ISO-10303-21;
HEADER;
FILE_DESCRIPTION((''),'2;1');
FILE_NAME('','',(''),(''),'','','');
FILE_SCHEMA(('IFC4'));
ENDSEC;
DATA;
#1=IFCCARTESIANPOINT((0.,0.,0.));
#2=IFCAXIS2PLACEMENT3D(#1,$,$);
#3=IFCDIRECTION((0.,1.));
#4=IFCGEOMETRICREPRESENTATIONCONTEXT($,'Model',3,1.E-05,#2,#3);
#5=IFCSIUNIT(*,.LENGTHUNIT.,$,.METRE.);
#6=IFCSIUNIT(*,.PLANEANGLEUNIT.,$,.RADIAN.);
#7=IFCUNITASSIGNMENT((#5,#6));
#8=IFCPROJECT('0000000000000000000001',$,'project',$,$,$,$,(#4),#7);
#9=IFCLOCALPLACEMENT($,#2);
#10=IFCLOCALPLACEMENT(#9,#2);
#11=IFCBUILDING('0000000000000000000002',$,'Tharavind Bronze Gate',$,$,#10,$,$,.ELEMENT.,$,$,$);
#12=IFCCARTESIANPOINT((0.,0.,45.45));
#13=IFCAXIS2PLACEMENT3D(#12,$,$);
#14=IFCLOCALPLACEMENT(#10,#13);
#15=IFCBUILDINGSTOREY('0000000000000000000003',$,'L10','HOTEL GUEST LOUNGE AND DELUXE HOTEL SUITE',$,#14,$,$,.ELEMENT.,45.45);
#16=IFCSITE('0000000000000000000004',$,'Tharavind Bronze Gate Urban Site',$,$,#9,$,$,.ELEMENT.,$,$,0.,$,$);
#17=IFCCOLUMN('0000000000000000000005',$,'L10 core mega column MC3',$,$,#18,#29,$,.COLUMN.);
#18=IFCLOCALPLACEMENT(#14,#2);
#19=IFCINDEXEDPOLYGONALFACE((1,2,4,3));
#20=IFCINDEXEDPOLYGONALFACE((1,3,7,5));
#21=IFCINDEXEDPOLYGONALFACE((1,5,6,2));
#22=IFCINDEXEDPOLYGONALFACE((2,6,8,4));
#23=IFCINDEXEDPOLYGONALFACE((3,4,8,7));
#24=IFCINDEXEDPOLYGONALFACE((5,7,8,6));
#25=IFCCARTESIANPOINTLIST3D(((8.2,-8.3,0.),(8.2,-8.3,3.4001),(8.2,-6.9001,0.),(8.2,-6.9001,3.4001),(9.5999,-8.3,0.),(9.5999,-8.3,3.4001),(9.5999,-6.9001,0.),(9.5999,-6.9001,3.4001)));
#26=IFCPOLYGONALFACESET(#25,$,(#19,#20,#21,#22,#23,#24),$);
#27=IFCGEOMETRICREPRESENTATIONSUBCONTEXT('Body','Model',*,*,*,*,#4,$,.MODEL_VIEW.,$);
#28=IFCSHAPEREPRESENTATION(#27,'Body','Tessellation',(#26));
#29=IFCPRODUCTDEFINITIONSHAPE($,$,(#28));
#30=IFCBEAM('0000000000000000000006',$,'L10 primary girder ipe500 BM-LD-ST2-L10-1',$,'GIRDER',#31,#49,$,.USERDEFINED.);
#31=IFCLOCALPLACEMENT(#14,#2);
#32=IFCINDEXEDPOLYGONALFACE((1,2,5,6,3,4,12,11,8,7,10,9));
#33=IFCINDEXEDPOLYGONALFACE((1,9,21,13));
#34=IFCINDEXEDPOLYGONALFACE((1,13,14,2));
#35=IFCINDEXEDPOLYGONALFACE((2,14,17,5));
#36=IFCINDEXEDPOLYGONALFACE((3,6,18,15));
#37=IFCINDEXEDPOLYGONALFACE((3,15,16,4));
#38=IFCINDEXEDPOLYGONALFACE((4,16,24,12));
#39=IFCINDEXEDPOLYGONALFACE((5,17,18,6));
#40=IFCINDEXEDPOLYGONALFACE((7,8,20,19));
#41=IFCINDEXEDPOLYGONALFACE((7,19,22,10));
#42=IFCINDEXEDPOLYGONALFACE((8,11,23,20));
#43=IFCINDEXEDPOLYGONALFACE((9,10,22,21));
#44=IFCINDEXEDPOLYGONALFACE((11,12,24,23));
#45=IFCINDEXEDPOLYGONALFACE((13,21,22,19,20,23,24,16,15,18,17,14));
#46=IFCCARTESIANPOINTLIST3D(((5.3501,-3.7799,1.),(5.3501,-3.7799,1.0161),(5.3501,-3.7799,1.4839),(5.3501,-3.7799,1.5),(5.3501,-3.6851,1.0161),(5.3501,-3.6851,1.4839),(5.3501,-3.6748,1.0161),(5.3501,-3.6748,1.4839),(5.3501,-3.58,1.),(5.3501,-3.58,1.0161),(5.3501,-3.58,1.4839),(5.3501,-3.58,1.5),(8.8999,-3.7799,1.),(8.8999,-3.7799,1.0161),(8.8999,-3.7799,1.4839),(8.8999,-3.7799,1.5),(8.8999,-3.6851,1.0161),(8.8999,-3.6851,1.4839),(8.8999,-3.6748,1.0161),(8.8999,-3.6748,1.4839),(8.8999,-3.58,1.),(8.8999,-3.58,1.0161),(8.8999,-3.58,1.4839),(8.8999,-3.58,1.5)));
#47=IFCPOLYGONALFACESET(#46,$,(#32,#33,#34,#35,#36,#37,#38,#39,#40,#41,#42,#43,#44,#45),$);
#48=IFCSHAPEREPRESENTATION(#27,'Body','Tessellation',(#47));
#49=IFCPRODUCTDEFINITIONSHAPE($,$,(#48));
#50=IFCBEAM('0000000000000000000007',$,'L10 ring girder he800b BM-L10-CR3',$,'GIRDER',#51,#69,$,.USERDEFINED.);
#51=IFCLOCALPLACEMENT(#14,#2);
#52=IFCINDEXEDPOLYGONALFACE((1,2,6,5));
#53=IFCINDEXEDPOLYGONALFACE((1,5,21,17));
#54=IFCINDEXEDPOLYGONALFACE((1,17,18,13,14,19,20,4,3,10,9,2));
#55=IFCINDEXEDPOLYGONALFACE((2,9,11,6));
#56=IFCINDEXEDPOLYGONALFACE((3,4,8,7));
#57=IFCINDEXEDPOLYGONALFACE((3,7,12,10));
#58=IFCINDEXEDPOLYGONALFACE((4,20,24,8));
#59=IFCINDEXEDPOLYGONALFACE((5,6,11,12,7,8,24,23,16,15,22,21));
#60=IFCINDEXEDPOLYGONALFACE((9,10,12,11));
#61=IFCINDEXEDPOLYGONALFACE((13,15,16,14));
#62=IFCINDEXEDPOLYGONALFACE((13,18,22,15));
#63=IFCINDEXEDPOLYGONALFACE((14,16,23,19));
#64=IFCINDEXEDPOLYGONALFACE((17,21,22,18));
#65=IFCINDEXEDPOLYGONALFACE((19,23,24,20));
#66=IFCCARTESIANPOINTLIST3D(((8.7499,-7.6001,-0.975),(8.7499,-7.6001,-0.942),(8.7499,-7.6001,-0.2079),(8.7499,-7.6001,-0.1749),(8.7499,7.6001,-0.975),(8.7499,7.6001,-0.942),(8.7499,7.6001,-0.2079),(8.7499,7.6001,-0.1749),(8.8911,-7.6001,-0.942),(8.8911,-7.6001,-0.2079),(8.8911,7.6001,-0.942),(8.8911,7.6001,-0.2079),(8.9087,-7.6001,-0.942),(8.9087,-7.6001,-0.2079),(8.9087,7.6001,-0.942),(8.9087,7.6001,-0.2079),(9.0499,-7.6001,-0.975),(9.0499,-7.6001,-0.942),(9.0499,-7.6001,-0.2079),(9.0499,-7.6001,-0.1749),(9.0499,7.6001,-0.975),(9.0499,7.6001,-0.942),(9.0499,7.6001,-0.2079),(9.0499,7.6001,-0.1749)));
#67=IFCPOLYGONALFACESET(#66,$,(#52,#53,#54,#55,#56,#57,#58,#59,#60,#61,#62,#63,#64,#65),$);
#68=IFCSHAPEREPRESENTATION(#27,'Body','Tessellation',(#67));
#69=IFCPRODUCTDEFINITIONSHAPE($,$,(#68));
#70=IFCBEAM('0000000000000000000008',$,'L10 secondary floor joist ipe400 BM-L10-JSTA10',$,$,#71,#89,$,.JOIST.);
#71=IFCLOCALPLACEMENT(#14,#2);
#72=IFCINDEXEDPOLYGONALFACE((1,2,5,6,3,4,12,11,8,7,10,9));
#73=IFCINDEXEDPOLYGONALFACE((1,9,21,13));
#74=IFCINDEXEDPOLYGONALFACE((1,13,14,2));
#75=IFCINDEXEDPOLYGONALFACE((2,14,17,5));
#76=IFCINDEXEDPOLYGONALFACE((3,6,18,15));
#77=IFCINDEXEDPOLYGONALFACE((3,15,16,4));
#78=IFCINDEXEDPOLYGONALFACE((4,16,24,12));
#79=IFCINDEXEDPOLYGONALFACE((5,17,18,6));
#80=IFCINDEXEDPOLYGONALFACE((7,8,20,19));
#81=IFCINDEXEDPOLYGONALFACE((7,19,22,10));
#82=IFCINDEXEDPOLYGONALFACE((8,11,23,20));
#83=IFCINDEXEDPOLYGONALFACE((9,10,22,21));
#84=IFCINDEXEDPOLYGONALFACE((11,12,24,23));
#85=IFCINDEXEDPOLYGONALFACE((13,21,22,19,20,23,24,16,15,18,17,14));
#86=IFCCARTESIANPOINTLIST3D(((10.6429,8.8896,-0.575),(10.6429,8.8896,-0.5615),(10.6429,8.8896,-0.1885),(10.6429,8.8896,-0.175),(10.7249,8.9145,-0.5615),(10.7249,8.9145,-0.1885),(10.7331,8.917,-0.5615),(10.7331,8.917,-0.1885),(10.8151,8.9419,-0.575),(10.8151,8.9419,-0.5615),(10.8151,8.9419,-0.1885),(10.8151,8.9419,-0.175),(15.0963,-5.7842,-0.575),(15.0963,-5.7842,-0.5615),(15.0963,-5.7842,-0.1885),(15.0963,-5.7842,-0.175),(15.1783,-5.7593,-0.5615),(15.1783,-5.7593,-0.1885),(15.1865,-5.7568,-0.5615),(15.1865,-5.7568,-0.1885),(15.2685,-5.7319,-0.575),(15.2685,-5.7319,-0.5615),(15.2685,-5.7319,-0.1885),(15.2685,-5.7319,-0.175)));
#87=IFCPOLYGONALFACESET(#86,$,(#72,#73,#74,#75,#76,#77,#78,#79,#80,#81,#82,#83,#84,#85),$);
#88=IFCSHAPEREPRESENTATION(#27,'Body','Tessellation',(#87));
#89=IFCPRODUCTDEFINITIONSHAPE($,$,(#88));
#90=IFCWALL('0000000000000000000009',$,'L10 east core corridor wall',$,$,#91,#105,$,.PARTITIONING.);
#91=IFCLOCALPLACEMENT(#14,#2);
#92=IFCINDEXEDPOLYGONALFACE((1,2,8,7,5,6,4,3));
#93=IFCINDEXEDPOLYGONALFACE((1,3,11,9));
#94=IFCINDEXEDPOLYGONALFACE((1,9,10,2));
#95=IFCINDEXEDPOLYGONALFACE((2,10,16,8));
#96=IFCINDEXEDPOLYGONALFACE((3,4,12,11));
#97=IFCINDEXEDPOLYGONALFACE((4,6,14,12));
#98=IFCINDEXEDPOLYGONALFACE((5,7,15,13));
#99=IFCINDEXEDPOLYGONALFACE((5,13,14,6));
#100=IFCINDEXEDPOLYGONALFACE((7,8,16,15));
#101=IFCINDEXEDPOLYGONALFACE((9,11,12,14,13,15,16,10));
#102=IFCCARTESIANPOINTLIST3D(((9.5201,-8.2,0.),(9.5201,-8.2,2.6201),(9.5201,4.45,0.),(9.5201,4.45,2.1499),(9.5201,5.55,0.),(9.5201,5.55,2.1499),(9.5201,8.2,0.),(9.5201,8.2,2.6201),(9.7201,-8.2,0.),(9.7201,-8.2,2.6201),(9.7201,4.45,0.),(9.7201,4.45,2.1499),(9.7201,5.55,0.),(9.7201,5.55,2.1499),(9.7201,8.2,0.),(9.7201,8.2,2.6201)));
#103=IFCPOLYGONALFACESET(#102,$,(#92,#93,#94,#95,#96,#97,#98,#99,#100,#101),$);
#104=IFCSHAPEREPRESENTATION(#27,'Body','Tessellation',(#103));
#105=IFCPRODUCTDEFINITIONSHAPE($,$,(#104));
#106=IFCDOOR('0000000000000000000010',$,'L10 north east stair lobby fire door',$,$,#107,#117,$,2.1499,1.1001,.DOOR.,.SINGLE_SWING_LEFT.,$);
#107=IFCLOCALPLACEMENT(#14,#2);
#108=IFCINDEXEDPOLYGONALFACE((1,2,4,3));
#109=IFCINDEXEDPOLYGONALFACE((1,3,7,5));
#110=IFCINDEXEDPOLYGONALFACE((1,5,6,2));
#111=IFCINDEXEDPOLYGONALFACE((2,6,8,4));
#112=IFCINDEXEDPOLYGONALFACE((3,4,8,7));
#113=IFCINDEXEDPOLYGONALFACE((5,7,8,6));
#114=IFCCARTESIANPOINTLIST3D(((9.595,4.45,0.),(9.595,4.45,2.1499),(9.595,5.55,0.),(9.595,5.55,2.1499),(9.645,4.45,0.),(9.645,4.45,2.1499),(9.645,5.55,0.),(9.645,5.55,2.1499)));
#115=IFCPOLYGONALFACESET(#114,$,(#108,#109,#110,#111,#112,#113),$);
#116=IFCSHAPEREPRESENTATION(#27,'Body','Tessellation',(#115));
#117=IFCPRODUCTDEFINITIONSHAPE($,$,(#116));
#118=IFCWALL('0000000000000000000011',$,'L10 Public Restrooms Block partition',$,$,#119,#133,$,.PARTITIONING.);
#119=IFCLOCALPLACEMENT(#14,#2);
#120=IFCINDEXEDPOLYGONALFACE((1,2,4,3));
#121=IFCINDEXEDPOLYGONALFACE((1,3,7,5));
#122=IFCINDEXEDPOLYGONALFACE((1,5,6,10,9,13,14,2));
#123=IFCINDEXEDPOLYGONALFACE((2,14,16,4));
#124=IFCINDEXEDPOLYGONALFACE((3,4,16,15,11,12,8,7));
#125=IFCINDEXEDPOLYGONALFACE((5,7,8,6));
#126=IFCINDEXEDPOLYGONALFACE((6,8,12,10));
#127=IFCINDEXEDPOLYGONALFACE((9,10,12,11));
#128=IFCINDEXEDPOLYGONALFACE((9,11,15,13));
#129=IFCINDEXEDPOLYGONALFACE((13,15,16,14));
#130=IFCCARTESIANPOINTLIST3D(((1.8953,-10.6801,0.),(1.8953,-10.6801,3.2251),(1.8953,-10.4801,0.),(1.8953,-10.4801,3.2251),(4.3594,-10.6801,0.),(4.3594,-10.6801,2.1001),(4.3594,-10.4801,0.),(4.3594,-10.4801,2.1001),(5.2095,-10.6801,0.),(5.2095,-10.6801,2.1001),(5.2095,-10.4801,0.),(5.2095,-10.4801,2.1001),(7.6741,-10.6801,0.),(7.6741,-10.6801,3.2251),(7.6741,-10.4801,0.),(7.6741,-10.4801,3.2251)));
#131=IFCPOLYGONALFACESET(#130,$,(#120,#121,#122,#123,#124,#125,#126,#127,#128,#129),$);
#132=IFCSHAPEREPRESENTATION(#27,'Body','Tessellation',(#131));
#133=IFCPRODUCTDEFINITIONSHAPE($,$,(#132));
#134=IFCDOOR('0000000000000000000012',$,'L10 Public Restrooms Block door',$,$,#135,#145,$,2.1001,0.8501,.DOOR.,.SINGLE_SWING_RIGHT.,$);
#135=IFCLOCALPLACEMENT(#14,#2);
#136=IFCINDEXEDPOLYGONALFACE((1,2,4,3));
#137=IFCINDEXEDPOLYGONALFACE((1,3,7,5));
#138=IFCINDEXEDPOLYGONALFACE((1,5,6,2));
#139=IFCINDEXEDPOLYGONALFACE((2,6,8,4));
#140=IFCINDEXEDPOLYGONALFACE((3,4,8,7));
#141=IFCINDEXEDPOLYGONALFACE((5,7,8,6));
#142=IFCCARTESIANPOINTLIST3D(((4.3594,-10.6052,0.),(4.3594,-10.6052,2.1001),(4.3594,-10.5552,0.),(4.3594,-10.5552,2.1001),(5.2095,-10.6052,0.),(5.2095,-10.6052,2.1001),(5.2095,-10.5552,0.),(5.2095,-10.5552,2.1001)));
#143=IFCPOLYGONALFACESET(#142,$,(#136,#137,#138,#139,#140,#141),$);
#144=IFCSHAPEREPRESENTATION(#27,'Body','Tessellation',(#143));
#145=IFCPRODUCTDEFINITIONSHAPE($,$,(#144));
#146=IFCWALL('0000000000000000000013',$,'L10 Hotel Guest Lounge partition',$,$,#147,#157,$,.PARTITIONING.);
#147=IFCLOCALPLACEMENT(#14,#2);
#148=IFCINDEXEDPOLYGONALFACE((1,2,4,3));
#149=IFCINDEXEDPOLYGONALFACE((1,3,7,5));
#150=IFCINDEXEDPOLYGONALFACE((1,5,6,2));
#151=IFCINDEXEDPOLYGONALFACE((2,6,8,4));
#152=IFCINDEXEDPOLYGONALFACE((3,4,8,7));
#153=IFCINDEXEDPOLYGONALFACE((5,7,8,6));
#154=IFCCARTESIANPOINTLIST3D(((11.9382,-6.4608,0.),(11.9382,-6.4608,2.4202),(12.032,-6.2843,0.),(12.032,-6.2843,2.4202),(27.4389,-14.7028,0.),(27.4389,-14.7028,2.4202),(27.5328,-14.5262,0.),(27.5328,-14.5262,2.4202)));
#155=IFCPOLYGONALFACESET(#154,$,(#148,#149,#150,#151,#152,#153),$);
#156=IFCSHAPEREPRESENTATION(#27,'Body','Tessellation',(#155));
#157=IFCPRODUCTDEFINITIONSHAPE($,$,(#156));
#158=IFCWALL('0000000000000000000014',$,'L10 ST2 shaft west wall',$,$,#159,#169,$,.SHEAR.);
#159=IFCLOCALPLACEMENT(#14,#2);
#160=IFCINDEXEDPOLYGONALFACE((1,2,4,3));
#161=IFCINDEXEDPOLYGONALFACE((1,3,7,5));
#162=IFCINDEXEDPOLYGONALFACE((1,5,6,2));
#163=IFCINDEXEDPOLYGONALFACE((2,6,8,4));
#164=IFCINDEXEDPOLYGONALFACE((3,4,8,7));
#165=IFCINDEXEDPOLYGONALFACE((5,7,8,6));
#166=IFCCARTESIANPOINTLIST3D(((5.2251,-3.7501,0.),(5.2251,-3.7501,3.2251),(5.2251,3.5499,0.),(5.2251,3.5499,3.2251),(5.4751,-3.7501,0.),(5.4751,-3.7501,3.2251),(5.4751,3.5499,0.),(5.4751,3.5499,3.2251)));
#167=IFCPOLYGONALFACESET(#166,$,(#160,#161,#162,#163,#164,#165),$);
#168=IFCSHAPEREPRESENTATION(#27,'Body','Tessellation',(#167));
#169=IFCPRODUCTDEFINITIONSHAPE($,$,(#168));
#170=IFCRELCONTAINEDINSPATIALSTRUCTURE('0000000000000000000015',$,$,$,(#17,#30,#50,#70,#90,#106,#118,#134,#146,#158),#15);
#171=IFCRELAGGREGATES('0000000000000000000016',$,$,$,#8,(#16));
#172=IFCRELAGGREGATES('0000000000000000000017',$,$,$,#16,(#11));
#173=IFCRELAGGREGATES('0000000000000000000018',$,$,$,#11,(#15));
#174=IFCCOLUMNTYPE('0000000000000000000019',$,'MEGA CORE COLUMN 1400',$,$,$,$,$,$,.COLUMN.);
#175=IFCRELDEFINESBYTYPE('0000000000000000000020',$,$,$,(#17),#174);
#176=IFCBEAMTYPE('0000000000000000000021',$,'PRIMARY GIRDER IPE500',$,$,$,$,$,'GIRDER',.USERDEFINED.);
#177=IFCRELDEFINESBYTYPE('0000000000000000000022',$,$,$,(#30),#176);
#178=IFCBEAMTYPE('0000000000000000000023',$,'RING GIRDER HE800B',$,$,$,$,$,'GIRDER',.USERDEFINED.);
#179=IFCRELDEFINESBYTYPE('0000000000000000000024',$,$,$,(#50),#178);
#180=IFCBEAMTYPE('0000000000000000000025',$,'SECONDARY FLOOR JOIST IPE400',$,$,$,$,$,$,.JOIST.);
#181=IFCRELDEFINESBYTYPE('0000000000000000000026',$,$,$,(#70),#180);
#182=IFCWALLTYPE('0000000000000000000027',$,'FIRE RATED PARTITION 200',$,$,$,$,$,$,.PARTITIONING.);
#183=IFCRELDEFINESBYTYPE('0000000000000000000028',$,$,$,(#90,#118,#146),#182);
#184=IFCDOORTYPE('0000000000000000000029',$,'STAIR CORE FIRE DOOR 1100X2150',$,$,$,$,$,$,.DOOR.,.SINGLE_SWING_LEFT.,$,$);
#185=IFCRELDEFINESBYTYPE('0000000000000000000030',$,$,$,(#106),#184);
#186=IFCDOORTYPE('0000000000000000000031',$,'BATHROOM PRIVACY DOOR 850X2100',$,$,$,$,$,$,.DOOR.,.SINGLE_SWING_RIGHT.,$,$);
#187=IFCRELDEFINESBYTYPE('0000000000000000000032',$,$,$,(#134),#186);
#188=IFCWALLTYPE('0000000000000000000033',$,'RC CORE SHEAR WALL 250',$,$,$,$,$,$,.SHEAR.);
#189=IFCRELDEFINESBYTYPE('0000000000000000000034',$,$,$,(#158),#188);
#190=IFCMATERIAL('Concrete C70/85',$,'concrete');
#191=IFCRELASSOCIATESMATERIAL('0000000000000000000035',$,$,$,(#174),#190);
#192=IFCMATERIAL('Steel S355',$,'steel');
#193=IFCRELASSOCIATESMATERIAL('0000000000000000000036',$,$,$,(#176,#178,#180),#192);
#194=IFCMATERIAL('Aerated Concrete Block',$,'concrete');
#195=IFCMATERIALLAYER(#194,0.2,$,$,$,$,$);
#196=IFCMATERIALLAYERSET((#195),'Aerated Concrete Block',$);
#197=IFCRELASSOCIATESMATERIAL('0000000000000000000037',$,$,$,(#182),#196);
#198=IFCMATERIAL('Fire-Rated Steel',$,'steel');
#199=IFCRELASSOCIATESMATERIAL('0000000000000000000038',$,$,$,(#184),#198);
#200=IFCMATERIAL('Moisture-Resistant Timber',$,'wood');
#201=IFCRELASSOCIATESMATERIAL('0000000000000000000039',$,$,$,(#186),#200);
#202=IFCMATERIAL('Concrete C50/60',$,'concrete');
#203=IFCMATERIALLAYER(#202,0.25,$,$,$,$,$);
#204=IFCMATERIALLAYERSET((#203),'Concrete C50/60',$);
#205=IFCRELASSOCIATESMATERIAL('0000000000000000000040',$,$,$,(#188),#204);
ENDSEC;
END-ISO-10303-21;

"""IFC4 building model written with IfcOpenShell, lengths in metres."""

from ifc_helpers import new_model, si_unit, direction, frame, frame_2d, origin, origin_2d, place, context, subcontext, project, spatial, rectangle, i_section, extrude, material, layer, layer_set, material_profile, profile_set, type_object, element, fill, save


model = new_model("IFC4")

# Units and contexts
model_context = context("Model", 3, precision=1e-05, world=origin(), true_north=direction((0.0, 1.0)))
body_context = subcontext(model_context, "Body", "Model", "MODEL_VIEW")
ifc_project = project(units=[si_unit("LENGTHUNIT", "METRE"), si_unit("PLANEANGLEUNIT", "RADIAN")], contexts=[model_context])

# Site, building, storey
site_placement = place(None, origin())
site = spatial("IfcSite", under=ifc_project, at=site_placement, Name="Tharavind Bronze Gate Urban Site", CompositionType="ELEMENT", RefElevation=0.0)
building_placement = place(site_placement, origin())
building = spatial("IfcBuilding", under=site, at=building_placement, Name="Tharavind Bronze Gate", CompositionType="ELEMENT")
storey_placement = place(building_placement, frame((0.0, 0.0, 45.45)))
storey = spatial("IfcBuildingStorey", under=building, at=storey_placement, Name="L10", Description="HOTEL GUEST LOUNGE AND DELUXE HOTEL SUITE", CompositionType="ELEMENT", Elevation=45.45)

# Column
ifc_material_1 = material(Name="Concrete C70/85", Category="concrete")
ifc_material_profile_1 = material_profile(ifc_material_1, rectangle(XDim=1.3999, YDim=1.3999, at=origin_2d()), Name="RCCOL1400")
ifc_profile_set_1 = profile_set([ifc_material_profile_1], Name="Concrete C70/85")
column_type = type_object("IfcColumnType", Name="MEGA CORE COLUMN 1400", PredefinedType="COLUMN", material=ifc_profile_set_1)
column_placement = place(storey_placement, frame((8.8999, -7.6001, 0.0), z_axis=(0.0, 0.0, 1.0), x_axis=(1.0, 0.0, 0.0)))
element("IfcColumn", 1, at=column_placement, inside=storey, type_object=column_type, Name="L10 core mega column MC3", PredefinedType="COLUMN", context=body_context, shape_type="SweptSolid", body=[
    extrude(rectangle(XDim=1.3999, YDim=1.3999, at=origin_2d()), origin(), (0.0, 0.0, 1.0), 3.4001),
])

# Beams
ifc_material_2 = material(Name="Steel S355", Category="steel")
ifc_material_profile_2 = material_profile(ifc_material_2, i_section(OverallWidth=0.2, OverallDepth=0.5, WebThickness=0.0103, FlangeThickness=0.0161, at=origin_2d()), Name="IPE500")
ifc_profile_set_2 = profile_set([ifc_material_profile_2], Name="Steel S355")
beam_type_1 = type_object("IfcBeamType", Name="PRIMARY GIRDER IPE500", ElementType="GIRDER", PredefinedType="USERDEFINED", material=ifc_profile_set_2)
beam_1_placement = place(storey_placement, frame((5.3501, -3.6799, 1.25), z_axis=(1.0, 0.0, 0.0), x_axis=(0.0, 1.0, 0.0)))
element("IfcBeam", 2, at=beam_1_placement, inside=storey, type_object=beam_type_1, Name="L10 primary girder ipe500 BM-LD-ST2-L10-1", ObjectType="GIRDER", PredefinedType="USERDEFINED", context=body_context, shape_type="SweptSolid", body=[
    extrude(i_section(OverallWidth=0.2, OverallDepth=0.5, WebThickness=0.0103, FlangeThickness=0.0161, at=origin_2d()), origin(), (0.0, 0.0, 1.0), 3.5498),
])
ifc_material_profile_3 = material_profile(ifc_material_2, i_section(OverallWidth=0.3, OverallDepth=0.8, WebThickness=0.0176, FlangeThickness=0.033, at=origin_2d()), Name="HE800B")
ifc_profile_set_3 = profile_set([ifc_material_profile_3], Name="Steel S355")
beam_type_2 = type_object("IfcBeamType", Name="RING GIRDER HE800B", ElementType="GIRDER", PredefinedType="USERDEFINED", material=ifc_profile_set_3)
beam_2_placement = place(storey_placement, frame((8.8999, -7.6001, -0.575), z_axis=(0.0, 1.0, 0.0), x_axis=(-1.0, 0.0, 0.0)))
element("IfcBeam", 3, at=beam_2_placement, inside=storey, type_object=beam_type_2, Name="L10 ring girder he800b BM-L10-CR3", ObjectType="GIRDER", PredefinedType="USERDEFINED", context=body_context, shape_type="SweptSolid", body=[
    extrude(i_section(OverallWidth=0.3, OverallDepth=0.8, WebThickness=0.0176, FlangeThickness=0.033, at=origin_2d()), origin(), (0.0, 0.0, 1.0), 15.2002),
])
ifc_material_profile_4 = material_profile(ifc_material_2, i_section(OverallWidth=0.1799, OverallDepth=0.3999, WebThickness=0.0085, FlangeThickness=0.0134, at=origin_2d()), Name="IPE400")
ifc_profile_set_4 = profile_set([ifc_material_profile_4], Name="Steel S355")
beam_type_3 = type_object("IfcBeamType", Name="SECONDARY FLOOR JOIST IPE400", PredefinedType="JOIST", material=ifc_profile_set_4)
beam_3_placement = place(storey_placement, frame((15.1824, -5.7581, -0.375), z_axis=(-0.290411, 0.956902, 0.0), x_axis=(-0.956902, -0.290411, 0.0)))
element("IfcBeam", 4, at=beam_3_placement, inside=storey, type_object=beam_type_3, Name="L10 secondary floor joist ipe400 BM-L10-JSTA10", PredefinedType="JOIST", context=body_context, shape_type="SweptSolid", body=[
    extrude(i_section(OverallWidth=0.1799, OverallDepth=0.3999, WebThickness=0.0085, FlangeThickness=0.0134, at=origin_2d()), origin(), (0.0, 0.0, 1.0), 15.3347),
])

# Walls, openings, doors
ifc_material_3 = material(Name="Aerated Concrete Block", Category="concrete")
ifc_layer_1 = layer(ifc_material_3, 0.2)
ifc_layer_set_1 = layer_set([ifc_layer_1], Name="Aerated Concrete Block")
wall_type_1 = type_object("IfcWallType", Name="FIRE RATED PARTITION 200", PredefinedType="PARTITIONING", material=ifc_layer_set_1)
wall_1_placement = place(storey_placement, frame((9.6201, -8.2, 0.0), z_axis=(0.0, 0.0, 1.0), x_axis=(0.0, 1.0, 0.0)))
wall_1 = element("IfcWall", 5, at=wall_1_placement, inside=storey, type_object=wall_type_1, Name="L10 east core corridor wall", PredefinedType="PARTITIONING", context=body_context, shape_type="SweptSolid", body=[
    extrude(rectangle(XDim=16.3999, YDim=0.2, at=frame_2d((8.2, 0.0))), origin(), (0.0, 0.0, 1.0), 2.6201),
])
opening_1_placement = place(wall_1_placement, frame((12.6499, 0.0, 0.0)))
opening_1 = element("IfcOpeningElement", 6, at=opening_1_placement, cuts=wall_1, PredefinedType="OPENING", context=body_context, shape_type="SweptSolid", body=[
    extrude(rectangle(XDim=1.1001, YDim=2.1499, at=frame_2d((0.55, 1.075))), frame((0.0, 0.1101, 0.0), z_axis=(0.0, -1.0, 0.0), x_axis=(1.0, 0.0, 0.0)), (0.0, 0.0, 1.0), 0.22),
])
ifc_material_4 = material(Name="Fire-Rated Steel", Category="steel")
door_type_1 = type_object("IfcDoorType", Name="STAIR CORE FIRE DOOR 1100X2150", OperationType="SINGLE_SWING_LEFT", PredefinedType="DOOR", material=ifc_material_4)
door_1_placement = place(opening_1_placement, frame((1.1001, 0.0, 0.0), z_axis=(0.0, 0.0, 1.0), x_axis=(-1.0, 0.0, 0.0)))
door_1 = element("IfcDoor", 7, at=door_1_placement, inside=storey, type_object=door_type_1, Name="L10 north east stair lobby fire door", OperationType="SINGLE_SWING_LEFT", OverallHeight=2.1499, OverallWidth=1.1001, PredefinedType="DOOR", context=body_context, shape_type="SweptSolid", body=[
    extrude(rectangle(XDim=1.1001, YDim=2.1499, at=frame_2d((0.55, 1.075))), frame((0.0, 0.0249, 0.0), z_axis=(0.0, -1.0, 0.0), x_axis=(1.0, 0.0, 0.0)), (0.0, 0.0, 1.0), 0.05),
])
fill(opening_1, door_1)
wall_2_placement = place(storey_placement, frame((1.8953, -10.5801, 0.0), z_axis=(0.0, 0.0, 1.0), x_axis=(1.0, 0.0, 0.0)))
wall_2 = element("IfcWall", 8, at=wall_2_placement, inside=storey, type_object=wall_type_1, Name="L10 Public Restrooms Block partition", PredefinedType="PARTITIONING", context=body_context, shape_type="SweptSolid", body=[
    extrude(rectangle(XDim=5.7788, YDim=0.2, at=frame_2d((2.8894, 0.0))), origin(), (0.0, 0.0, 1.0), 3.2251),
])
opening_2_placement = place(wall_2_placement, frame((2.4641, 0.0, 0.0)))
opening_2 = element("IfcOpeningElement", 9, at=opening_2_placement, cuts=wall_2, PredefinedType="OPENING", context=body_context, shape_type="SweptSolid", body=[
    extrude(rectangle(XDim=0.8501, YDim=2.1001, at=frame_2d((0.425, 1.05))), frame((0.0, 0.1101, 0.0), z_axis=(0.0, -1.0, 0.0), x_axis=(1.0, 0.0, 0.0)), (0.0, 0.0, 1.0), 0.22),
])
ifc_material_5 = material(Name="Moisture-Resistant Timber", Category="wood")
door_type_2 = type_object("IfcDoorType", Name="BATHROOM PRIVACY DOOR 850X2100", OperationType="SINGLE_SWING_RIGHT", PredefinedType="DOOR", material=ifc_material_5)
door_2_placement = place(opening_2_placement, origin())
door_2 = element("IfcDoor", 10, at=door_2_placement, inside=storey, type_object=door_type_2, Name="L10 Public Restrooms Block door", OperationType="SINGLE_SWING_RIGHT", OverallHeight=2.1001, OverallWidth=0.8501, PredefinedType="DOOR", context=body_context, shape_type="SweptSolid", body=[
    extrude(rectangle(XDim=0.8501, YDim=2.1001, at=frame_2d((0.425, 1.05))), frame((0.0, 0.0249, 0.0), z_axis=(0.0, -1.0, 0.0), x_axis=(1.0, 0.0, 0.0)), (0.0, 0.0, 1.0), 0.05),
])
fill(opening_2, door_2)

# Wall
wall_3_placement = place(storey_placement, frame((11.9851, -6.3726, 0.0), z_axis=(0.0, 0.0, 1.0), x_axis=(0.882946, -0.469474, 0.0)))
element("IfcWall", 11, at=wall_3_placement, inside=storey, type_object=wall_type_1, Name="L10 Hotel Guest Lounge partition", PredefinedType="PARTITIONING", context=body_context, shape_type="SweptSolid", body=[
    extrude(rectangle(XDim=17.5557, YDim=0.2, at=frame_2d((8.7778, 0.0))), origin(), (0.0, 0.0, 1.0), 2.4202),
])

# Wall
ifc_material_6 = material(Name="Concrete C50/60", Category="concrete")
ifc_layer_2 = layer(ifc_material_6, 0.25)
ifc_layer_set_2 = layer_set([ifc_layer_2], Name="Concrete C50/60")
wall_type_2 = type_object("IfcWallType", Name="RC CORE SHEAR WALL 250", PredefinedType="SHEAR", material=ifc_layer_set_2)
wall_4_placement = place(storey_placement, frame((5.3501, -3.75, 0.0), z_axis=(0.0, 0.0, 1.0), x_axis=(0.0, 1.0, 0.0)))
element("IfcWall", 12, at=wall_4_placement, inside=storey, type_object=wall_type_2, Name="L10 ST2 shaft west wall", PredefinedType="SHEAR", context=body_context, shape_type="SweptSolid", body=[
    extrude(rectangle(XDim=7.3, YDim=0.25, at=frame_2d((3.6499, 0.0))), origin(), (0.0, 0.0, 1.0), 3.2251),
])

save(model, "model.ifc")
